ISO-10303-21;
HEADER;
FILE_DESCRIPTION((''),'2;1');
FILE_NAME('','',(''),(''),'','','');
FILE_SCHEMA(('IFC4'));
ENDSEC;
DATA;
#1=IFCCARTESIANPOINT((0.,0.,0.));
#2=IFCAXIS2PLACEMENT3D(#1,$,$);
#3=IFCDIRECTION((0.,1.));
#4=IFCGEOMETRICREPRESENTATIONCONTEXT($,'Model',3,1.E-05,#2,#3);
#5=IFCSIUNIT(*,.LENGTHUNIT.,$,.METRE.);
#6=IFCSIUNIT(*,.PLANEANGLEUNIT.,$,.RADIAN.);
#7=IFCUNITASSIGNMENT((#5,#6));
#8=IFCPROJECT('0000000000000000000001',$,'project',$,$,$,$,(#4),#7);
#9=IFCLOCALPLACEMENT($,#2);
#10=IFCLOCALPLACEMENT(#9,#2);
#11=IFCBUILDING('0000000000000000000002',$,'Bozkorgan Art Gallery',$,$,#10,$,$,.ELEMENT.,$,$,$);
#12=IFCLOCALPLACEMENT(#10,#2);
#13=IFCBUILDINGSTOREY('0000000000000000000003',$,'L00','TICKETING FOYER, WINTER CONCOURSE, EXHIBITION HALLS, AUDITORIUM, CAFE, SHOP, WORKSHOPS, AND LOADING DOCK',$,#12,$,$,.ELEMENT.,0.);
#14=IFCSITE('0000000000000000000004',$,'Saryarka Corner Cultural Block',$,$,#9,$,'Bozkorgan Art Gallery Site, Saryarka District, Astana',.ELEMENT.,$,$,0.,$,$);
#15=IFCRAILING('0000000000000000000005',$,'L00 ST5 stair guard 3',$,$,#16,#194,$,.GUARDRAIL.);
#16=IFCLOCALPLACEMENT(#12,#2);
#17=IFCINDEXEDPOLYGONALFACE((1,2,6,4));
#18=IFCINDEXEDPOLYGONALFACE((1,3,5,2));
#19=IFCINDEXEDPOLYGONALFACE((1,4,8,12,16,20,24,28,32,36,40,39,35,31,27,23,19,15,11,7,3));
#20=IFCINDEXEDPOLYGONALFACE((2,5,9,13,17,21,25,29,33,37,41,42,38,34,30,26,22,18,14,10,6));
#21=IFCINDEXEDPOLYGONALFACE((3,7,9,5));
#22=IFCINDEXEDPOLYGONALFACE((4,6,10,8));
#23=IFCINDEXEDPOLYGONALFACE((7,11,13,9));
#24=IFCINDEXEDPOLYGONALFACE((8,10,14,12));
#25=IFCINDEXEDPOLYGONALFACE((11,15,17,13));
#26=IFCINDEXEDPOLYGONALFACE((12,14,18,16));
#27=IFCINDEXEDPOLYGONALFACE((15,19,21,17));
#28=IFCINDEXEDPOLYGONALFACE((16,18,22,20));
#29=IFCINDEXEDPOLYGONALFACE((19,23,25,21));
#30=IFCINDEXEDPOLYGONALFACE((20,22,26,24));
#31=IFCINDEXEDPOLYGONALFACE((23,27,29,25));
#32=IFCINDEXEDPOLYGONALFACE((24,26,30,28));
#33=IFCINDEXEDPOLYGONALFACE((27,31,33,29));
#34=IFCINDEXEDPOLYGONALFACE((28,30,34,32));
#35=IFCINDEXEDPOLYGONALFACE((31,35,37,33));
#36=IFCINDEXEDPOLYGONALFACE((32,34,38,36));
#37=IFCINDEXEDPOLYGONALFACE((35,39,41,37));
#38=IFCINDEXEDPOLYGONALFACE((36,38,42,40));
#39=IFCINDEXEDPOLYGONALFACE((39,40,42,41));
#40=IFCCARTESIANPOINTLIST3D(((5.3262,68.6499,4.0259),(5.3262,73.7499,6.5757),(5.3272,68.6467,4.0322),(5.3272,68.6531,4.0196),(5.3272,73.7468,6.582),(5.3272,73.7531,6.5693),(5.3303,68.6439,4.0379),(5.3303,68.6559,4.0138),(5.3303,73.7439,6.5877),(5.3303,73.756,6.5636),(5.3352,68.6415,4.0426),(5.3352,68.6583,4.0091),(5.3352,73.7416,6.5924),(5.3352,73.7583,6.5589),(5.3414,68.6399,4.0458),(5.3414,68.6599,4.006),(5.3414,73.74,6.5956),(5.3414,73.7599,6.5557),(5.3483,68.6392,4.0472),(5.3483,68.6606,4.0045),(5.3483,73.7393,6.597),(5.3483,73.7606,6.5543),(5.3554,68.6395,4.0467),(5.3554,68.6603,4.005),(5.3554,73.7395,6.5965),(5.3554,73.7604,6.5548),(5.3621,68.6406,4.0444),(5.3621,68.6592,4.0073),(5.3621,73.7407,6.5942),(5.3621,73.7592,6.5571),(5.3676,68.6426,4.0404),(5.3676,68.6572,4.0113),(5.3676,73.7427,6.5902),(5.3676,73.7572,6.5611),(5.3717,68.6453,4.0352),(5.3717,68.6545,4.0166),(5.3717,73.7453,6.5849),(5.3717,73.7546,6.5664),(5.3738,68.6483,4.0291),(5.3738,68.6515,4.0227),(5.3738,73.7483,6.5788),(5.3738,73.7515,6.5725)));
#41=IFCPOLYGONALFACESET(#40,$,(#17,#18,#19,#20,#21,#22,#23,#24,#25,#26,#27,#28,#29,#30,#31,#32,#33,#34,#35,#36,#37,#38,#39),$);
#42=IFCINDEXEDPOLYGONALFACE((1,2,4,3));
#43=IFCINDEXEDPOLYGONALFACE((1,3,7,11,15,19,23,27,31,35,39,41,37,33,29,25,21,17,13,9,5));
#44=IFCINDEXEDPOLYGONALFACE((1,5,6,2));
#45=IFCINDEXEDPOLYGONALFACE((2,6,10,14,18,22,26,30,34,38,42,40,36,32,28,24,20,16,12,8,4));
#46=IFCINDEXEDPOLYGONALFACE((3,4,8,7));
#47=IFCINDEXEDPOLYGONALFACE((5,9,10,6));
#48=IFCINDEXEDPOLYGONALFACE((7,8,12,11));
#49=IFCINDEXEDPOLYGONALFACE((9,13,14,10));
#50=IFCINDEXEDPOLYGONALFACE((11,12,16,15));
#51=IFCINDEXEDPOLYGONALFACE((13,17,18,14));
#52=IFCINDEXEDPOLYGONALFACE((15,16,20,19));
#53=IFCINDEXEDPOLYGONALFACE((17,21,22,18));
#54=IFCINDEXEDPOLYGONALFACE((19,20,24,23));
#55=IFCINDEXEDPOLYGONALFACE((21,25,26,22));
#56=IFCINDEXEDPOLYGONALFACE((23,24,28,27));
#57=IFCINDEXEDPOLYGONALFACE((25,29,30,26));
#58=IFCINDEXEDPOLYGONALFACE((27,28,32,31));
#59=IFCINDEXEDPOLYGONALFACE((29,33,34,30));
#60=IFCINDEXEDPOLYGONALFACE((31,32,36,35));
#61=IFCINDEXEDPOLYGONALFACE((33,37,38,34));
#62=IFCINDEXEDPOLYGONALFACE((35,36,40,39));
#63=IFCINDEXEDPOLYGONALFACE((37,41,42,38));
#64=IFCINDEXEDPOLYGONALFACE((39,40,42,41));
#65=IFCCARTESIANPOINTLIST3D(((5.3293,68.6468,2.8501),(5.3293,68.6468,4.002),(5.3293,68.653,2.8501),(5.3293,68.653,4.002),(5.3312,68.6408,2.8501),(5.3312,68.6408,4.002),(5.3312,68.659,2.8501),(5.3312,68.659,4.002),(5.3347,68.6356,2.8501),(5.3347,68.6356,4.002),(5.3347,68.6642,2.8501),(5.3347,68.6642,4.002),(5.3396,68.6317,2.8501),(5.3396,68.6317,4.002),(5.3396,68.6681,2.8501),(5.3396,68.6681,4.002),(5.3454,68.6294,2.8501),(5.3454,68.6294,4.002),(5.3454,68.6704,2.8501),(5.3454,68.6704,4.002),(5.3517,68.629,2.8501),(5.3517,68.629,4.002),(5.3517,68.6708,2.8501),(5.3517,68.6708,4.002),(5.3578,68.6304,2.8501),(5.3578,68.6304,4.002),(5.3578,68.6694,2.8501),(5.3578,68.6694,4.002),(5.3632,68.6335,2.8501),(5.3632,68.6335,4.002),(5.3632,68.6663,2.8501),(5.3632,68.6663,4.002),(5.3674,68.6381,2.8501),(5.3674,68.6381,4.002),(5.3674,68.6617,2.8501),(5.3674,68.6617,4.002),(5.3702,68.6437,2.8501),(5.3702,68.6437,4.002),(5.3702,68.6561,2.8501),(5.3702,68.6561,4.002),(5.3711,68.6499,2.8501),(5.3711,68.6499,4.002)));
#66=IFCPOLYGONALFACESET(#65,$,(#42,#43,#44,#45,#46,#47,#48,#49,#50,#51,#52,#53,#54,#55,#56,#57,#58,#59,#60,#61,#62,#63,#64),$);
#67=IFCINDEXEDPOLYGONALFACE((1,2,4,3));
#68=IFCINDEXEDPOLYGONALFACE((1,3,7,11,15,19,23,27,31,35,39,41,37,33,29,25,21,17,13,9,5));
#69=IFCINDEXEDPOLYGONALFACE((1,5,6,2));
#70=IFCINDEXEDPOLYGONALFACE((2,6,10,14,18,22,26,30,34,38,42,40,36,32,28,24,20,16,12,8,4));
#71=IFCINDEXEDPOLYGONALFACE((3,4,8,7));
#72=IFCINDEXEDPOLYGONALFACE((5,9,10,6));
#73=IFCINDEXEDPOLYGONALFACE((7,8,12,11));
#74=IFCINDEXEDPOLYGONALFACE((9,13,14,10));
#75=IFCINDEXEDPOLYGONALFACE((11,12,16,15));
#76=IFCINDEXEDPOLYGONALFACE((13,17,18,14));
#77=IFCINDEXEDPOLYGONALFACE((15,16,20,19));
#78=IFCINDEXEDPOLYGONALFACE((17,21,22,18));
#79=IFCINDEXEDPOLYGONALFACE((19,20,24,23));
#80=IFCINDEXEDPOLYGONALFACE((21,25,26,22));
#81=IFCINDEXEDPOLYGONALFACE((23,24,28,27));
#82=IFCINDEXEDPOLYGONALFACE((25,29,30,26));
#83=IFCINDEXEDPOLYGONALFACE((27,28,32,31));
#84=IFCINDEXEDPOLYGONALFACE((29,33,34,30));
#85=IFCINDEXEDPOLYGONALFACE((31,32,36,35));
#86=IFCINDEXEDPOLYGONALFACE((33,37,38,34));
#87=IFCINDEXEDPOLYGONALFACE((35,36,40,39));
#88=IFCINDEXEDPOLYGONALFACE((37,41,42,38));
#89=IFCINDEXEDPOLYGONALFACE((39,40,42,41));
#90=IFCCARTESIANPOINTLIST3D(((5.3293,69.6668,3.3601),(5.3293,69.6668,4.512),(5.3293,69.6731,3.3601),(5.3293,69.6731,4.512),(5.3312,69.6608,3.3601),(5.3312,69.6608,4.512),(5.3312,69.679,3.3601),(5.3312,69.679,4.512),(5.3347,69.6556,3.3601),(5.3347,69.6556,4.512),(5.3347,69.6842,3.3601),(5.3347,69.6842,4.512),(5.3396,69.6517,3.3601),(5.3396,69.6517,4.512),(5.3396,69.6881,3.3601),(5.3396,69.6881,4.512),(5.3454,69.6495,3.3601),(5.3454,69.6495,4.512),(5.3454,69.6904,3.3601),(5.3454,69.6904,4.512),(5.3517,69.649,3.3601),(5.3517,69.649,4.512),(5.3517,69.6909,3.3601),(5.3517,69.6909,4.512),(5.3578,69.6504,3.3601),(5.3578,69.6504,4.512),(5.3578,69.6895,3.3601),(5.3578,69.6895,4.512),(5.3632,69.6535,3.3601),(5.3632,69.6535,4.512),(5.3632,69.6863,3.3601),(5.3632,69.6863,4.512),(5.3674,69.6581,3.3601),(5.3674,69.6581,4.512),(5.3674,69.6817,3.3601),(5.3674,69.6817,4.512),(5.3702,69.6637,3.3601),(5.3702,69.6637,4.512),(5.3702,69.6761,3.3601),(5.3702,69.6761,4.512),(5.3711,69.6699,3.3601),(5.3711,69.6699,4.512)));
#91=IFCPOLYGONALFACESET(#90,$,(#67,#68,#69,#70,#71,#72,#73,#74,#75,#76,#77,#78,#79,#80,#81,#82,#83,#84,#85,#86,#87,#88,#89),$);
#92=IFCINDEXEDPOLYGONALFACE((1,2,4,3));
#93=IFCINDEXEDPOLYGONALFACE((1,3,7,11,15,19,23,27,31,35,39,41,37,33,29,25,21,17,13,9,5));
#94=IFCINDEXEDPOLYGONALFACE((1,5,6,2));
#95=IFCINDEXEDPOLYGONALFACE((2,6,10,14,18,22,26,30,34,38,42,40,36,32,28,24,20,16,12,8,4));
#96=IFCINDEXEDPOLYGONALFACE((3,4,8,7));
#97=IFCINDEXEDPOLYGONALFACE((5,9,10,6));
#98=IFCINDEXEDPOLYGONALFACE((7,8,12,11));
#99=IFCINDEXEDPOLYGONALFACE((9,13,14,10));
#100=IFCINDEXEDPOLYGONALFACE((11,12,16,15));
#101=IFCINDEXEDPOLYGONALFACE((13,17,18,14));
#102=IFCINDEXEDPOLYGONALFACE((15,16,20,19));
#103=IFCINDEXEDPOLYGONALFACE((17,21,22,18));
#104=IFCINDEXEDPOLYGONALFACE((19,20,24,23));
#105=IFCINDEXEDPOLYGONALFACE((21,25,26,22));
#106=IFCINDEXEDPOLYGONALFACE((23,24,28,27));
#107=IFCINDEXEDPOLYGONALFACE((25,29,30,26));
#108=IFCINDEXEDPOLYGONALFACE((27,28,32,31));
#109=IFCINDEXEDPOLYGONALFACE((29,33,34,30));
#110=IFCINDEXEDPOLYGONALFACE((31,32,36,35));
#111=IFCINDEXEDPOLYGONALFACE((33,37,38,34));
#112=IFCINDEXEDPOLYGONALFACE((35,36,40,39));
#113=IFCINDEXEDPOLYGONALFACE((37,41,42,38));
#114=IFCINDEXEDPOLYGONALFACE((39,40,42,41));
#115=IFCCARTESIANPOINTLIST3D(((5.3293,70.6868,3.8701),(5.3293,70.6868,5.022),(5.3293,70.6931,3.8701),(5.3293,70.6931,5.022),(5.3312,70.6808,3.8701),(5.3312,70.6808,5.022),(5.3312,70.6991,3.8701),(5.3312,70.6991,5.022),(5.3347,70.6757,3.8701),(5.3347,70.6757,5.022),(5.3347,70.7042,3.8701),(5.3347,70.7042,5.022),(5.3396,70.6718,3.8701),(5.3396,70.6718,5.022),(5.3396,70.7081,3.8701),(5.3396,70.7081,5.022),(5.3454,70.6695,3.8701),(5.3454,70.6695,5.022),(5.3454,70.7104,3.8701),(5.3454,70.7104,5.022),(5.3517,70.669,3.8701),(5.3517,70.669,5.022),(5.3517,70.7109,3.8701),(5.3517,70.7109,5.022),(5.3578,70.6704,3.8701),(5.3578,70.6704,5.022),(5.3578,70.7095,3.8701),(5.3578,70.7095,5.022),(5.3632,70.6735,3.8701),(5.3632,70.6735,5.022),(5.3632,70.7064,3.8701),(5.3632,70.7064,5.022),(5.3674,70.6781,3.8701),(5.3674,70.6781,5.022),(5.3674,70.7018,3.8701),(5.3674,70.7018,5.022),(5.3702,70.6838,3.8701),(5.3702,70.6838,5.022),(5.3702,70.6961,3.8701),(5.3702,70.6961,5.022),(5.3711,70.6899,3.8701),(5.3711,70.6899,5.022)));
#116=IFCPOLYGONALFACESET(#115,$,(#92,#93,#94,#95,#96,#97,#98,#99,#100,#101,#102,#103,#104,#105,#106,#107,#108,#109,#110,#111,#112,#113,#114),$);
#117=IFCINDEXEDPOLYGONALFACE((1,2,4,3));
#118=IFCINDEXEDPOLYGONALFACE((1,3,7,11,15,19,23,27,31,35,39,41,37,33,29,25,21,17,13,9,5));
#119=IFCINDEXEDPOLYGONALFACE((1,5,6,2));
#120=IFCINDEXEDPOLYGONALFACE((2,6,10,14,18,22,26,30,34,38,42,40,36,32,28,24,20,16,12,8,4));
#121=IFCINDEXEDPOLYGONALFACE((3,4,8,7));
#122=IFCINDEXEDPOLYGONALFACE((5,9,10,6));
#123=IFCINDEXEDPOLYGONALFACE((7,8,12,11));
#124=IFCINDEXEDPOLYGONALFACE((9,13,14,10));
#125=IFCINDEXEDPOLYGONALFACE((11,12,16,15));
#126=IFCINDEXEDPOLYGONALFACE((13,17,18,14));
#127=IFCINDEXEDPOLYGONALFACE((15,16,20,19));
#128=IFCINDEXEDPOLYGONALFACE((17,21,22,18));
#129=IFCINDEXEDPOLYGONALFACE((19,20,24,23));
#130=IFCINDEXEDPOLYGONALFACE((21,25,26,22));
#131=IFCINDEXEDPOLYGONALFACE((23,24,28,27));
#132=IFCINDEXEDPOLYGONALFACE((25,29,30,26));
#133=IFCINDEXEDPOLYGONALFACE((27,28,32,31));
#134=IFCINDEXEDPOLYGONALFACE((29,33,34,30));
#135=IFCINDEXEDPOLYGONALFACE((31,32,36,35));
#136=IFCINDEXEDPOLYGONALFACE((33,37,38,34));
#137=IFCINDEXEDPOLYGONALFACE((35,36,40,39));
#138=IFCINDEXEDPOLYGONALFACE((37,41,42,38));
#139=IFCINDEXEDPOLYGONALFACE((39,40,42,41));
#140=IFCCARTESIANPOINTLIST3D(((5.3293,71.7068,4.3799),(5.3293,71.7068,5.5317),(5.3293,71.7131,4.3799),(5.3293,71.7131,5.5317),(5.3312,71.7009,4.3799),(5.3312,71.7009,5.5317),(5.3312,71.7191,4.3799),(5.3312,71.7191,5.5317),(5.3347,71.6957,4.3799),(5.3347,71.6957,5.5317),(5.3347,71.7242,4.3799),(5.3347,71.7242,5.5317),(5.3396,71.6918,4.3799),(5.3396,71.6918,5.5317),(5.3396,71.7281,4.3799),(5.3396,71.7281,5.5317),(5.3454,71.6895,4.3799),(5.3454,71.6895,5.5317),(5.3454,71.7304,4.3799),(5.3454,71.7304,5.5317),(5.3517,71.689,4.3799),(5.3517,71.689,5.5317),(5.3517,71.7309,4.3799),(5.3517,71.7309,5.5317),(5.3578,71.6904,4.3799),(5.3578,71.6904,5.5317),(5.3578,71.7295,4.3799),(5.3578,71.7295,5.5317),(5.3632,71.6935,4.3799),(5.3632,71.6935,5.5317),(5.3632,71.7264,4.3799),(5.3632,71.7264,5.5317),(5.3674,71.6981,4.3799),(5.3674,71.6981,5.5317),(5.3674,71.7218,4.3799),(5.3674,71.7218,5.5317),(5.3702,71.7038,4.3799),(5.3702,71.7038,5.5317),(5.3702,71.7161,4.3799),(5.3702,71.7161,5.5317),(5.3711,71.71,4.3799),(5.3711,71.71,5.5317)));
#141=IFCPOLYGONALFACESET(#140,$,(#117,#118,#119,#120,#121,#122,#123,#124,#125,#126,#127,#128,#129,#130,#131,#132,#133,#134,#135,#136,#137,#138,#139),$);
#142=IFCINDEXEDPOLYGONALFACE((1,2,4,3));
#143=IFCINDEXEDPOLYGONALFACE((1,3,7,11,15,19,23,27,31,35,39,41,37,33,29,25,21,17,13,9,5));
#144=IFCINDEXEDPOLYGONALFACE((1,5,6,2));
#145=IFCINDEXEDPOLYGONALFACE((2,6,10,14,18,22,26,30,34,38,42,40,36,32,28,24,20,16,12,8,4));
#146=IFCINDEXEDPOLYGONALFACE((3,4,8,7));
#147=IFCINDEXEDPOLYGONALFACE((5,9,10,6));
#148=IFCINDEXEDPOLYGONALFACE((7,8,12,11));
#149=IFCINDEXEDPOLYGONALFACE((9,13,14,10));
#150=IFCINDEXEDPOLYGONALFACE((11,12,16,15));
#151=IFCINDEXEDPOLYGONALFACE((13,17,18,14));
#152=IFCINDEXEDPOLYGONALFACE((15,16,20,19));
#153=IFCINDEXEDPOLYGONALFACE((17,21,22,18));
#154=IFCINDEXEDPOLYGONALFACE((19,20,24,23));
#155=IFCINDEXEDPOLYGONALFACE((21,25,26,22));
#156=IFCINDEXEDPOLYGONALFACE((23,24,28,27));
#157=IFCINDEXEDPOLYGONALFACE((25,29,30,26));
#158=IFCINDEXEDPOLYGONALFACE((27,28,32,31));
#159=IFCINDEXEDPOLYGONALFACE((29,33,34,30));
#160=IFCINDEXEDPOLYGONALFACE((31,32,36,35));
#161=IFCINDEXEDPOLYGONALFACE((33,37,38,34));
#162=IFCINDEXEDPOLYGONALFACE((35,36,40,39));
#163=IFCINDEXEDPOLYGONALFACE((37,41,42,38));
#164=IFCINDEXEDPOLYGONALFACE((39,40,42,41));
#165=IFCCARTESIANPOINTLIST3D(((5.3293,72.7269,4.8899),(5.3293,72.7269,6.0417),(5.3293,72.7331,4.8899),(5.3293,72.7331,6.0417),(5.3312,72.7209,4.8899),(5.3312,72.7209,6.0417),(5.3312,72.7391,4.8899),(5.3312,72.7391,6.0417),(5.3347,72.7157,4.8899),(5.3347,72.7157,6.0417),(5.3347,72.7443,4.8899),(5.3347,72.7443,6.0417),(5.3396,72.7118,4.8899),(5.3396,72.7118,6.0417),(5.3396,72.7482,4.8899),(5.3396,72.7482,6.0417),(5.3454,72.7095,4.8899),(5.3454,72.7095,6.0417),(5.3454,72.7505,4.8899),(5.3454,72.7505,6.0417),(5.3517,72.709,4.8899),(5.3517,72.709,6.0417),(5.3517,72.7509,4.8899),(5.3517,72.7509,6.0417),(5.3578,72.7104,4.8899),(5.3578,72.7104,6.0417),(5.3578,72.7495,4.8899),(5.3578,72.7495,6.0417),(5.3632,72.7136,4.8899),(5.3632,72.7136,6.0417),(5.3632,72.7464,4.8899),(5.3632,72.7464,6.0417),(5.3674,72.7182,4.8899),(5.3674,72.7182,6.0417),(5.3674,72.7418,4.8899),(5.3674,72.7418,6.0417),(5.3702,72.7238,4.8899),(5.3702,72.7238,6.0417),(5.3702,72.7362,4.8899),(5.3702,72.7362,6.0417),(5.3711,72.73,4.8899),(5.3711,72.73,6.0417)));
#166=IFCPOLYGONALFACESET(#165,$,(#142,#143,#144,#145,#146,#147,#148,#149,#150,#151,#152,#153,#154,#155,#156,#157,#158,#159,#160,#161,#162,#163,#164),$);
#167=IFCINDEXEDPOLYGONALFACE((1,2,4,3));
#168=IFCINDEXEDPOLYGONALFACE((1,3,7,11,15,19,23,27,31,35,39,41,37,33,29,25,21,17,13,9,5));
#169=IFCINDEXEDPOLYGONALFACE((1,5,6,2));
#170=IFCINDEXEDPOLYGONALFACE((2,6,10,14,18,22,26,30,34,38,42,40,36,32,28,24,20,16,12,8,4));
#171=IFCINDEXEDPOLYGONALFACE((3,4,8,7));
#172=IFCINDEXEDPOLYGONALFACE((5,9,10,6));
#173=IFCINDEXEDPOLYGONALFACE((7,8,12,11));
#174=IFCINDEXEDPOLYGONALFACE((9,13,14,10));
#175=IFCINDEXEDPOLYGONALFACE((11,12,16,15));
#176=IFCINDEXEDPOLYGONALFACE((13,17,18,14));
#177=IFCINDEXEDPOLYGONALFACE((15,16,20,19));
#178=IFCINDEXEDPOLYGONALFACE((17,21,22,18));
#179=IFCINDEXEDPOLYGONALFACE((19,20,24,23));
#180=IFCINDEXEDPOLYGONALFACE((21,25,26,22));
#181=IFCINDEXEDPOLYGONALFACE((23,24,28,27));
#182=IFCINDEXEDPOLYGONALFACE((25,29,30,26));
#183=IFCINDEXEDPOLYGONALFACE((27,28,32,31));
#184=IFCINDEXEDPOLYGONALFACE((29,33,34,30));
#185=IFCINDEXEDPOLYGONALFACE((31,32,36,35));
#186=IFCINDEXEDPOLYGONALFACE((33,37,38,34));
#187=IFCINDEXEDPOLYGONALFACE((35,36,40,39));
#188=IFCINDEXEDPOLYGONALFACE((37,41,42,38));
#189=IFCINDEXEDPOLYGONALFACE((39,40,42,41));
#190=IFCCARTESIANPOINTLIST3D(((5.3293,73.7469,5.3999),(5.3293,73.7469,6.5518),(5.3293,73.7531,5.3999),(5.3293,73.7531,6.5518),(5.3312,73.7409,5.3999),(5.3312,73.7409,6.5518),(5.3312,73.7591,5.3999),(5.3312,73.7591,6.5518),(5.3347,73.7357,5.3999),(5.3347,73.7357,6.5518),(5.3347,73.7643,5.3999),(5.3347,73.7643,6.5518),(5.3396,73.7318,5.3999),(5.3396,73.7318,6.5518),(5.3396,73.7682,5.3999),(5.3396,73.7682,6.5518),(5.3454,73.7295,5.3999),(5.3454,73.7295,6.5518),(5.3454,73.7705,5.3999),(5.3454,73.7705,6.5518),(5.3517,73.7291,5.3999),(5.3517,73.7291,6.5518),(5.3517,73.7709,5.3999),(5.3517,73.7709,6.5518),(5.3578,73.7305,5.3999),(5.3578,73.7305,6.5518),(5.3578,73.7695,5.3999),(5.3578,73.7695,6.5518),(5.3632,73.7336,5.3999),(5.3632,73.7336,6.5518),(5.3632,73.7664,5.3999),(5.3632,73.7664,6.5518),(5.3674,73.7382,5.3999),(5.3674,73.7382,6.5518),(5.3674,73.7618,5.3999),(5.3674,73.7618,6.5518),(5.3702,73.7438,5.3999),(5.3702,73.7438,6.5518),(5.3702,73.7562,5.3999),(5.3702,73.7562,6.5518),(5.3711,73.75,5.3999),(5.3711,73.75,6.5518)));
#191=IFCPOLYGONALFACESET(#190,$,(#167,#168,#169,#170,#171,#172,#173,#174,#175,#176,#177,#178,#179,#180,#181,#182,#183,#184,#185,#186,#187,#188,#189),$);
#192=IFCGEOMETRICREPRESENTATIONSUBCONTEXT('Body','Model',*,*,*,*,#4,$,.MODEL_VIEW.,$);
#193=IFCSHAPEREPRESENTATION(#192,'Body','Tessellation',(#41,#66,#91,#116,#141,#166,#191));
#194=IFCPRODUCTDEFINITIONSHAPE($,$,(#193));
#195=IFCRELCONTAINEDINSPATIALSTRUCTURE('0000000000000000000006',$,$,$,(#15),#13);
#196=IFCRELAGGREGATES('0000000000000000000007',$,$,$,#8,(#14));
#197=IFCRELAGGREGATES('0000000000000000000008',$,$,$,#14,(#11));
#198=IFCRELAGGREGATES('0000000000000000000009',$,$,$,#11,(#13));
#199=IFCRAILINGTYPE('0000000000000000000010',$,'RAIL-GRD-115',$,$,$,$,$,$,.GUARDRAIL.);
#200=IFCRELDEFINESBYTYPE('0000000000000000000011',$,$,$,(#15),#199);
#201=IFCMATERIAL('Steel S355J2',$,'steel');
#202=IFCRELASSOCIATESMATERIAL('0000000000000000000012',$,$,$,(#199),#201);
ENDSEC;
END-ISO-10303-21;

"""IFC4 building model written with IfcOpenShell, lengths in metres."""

from ifc_helpers import new_model, si_unit, direction, frame, origin, origin_2d, place, context, subcontext, project, spatial, circle, extrude, material, type_object, element, save


model = new_model("IFC4")

# Units and contexts
model_context = context("Model", 3, precision=1e-05, world=origin(), true_north=direction((0.0, 1.0)))
body_context = subcontext(model_context, "Body", "Model", "MODEL_VIEW")
ifc_project = project(units=[si_unit("LENGTHUNIT", "METRE"), si_unit("PLANEANGLEUNIT", "RADIAN")], contexts=[model_context])

# Site, building, storey
site_placement = place(None, origin())
site = spatial("IfcSite", under=ifc_project, at=site_placement, Name="Saryarka Corner Cultural Block", LongName="Bozkorgan Art Gallery Site, Saryarka District, Astana", CompositionType="ELEMENT", RefElevation=0.0)
building_placement = place(site_placement, origin())
building = spatial("IfcBuilding", under=site, at=building_placement, Name="Bozkorgan Art Gallery", CompositionType="ELEMENT")
storey_placement = place(building_placement, origin())
storey = spatial("IfcBuildingStorey", under=building, at=storey_placement, Name="L00", Description="TICKETING FOYER, WINTER CONCOURSE, EXHIBITION HALLS, AUDITORIUM, CAFE, SHOP, WORKSHOPS, AND LOADING DOCK", CompositionType="ELEMENT", Elevation=0.0)

# Shared definitions
ifc_material_1 = material(Name="Steel S355J2", Category="steel")

# Railing
railing_type_1 = type_object("IfcRailingType", Name="RAIL-GRD-115", PredefinedType="GUARDRAIL", material=ifc_material_1)
railing_1_placement = place(storey_placement, frame((5.3501, 68.6499, 2.8501)))
element("IfcRailing", 1, at=railing_1_placement, inside=storey, type_object=railing_type_1, Name="L00 ST5 stair guard 3", PredefinedType="GUARDRAIL", context=body_context, shape_type="SweptSolid", body=[
    extrude(circle(Radius=0.0239, at=origin_2d()), frame((0.0, 0.0, 1.1758), z_axis=(0.0, 0.894444, 0.447179), x_axis=(-1.0, 0.0, 0.0)), (0.0, 0.0, 1.0), 5.7019),
    extrude(circle(Radius=0.021, at=origin_2d()), origin(), (0.0, 0.0, 1.0), 1.1519),
    extrude(circle(Radius=0.021, at=origin_2d()), frame((0.0, 1.02, 0.51)), (0.0, 0.0, 1.0), 1.1519),
    extrude(circle(Radius=0.021, at=origin_2d()), frame((0.0, 2.04, 1.02)), (0.0, 0.0, 1.0), 1.1519),
    extrude(circle(Radius=0.021, at=origin_2d()), frame((0.0, 3.0601, 1.5298)), (0.0, 0.0, 1.0), 1.1519),
    extrude(circle(Radius=0.021, at=origin_2d()), frame((0.0, 4.0801, 2.0398)), (0.0, 0.0, 1.0), 1.1519),
    extrude(circle(Radius=0.021, at=origin_2d()), frame((0.0, 5.1001, 2.5498)), (0.0, 0.0, 1.0), 1.1519),
])

save(model, "model.ifc")
